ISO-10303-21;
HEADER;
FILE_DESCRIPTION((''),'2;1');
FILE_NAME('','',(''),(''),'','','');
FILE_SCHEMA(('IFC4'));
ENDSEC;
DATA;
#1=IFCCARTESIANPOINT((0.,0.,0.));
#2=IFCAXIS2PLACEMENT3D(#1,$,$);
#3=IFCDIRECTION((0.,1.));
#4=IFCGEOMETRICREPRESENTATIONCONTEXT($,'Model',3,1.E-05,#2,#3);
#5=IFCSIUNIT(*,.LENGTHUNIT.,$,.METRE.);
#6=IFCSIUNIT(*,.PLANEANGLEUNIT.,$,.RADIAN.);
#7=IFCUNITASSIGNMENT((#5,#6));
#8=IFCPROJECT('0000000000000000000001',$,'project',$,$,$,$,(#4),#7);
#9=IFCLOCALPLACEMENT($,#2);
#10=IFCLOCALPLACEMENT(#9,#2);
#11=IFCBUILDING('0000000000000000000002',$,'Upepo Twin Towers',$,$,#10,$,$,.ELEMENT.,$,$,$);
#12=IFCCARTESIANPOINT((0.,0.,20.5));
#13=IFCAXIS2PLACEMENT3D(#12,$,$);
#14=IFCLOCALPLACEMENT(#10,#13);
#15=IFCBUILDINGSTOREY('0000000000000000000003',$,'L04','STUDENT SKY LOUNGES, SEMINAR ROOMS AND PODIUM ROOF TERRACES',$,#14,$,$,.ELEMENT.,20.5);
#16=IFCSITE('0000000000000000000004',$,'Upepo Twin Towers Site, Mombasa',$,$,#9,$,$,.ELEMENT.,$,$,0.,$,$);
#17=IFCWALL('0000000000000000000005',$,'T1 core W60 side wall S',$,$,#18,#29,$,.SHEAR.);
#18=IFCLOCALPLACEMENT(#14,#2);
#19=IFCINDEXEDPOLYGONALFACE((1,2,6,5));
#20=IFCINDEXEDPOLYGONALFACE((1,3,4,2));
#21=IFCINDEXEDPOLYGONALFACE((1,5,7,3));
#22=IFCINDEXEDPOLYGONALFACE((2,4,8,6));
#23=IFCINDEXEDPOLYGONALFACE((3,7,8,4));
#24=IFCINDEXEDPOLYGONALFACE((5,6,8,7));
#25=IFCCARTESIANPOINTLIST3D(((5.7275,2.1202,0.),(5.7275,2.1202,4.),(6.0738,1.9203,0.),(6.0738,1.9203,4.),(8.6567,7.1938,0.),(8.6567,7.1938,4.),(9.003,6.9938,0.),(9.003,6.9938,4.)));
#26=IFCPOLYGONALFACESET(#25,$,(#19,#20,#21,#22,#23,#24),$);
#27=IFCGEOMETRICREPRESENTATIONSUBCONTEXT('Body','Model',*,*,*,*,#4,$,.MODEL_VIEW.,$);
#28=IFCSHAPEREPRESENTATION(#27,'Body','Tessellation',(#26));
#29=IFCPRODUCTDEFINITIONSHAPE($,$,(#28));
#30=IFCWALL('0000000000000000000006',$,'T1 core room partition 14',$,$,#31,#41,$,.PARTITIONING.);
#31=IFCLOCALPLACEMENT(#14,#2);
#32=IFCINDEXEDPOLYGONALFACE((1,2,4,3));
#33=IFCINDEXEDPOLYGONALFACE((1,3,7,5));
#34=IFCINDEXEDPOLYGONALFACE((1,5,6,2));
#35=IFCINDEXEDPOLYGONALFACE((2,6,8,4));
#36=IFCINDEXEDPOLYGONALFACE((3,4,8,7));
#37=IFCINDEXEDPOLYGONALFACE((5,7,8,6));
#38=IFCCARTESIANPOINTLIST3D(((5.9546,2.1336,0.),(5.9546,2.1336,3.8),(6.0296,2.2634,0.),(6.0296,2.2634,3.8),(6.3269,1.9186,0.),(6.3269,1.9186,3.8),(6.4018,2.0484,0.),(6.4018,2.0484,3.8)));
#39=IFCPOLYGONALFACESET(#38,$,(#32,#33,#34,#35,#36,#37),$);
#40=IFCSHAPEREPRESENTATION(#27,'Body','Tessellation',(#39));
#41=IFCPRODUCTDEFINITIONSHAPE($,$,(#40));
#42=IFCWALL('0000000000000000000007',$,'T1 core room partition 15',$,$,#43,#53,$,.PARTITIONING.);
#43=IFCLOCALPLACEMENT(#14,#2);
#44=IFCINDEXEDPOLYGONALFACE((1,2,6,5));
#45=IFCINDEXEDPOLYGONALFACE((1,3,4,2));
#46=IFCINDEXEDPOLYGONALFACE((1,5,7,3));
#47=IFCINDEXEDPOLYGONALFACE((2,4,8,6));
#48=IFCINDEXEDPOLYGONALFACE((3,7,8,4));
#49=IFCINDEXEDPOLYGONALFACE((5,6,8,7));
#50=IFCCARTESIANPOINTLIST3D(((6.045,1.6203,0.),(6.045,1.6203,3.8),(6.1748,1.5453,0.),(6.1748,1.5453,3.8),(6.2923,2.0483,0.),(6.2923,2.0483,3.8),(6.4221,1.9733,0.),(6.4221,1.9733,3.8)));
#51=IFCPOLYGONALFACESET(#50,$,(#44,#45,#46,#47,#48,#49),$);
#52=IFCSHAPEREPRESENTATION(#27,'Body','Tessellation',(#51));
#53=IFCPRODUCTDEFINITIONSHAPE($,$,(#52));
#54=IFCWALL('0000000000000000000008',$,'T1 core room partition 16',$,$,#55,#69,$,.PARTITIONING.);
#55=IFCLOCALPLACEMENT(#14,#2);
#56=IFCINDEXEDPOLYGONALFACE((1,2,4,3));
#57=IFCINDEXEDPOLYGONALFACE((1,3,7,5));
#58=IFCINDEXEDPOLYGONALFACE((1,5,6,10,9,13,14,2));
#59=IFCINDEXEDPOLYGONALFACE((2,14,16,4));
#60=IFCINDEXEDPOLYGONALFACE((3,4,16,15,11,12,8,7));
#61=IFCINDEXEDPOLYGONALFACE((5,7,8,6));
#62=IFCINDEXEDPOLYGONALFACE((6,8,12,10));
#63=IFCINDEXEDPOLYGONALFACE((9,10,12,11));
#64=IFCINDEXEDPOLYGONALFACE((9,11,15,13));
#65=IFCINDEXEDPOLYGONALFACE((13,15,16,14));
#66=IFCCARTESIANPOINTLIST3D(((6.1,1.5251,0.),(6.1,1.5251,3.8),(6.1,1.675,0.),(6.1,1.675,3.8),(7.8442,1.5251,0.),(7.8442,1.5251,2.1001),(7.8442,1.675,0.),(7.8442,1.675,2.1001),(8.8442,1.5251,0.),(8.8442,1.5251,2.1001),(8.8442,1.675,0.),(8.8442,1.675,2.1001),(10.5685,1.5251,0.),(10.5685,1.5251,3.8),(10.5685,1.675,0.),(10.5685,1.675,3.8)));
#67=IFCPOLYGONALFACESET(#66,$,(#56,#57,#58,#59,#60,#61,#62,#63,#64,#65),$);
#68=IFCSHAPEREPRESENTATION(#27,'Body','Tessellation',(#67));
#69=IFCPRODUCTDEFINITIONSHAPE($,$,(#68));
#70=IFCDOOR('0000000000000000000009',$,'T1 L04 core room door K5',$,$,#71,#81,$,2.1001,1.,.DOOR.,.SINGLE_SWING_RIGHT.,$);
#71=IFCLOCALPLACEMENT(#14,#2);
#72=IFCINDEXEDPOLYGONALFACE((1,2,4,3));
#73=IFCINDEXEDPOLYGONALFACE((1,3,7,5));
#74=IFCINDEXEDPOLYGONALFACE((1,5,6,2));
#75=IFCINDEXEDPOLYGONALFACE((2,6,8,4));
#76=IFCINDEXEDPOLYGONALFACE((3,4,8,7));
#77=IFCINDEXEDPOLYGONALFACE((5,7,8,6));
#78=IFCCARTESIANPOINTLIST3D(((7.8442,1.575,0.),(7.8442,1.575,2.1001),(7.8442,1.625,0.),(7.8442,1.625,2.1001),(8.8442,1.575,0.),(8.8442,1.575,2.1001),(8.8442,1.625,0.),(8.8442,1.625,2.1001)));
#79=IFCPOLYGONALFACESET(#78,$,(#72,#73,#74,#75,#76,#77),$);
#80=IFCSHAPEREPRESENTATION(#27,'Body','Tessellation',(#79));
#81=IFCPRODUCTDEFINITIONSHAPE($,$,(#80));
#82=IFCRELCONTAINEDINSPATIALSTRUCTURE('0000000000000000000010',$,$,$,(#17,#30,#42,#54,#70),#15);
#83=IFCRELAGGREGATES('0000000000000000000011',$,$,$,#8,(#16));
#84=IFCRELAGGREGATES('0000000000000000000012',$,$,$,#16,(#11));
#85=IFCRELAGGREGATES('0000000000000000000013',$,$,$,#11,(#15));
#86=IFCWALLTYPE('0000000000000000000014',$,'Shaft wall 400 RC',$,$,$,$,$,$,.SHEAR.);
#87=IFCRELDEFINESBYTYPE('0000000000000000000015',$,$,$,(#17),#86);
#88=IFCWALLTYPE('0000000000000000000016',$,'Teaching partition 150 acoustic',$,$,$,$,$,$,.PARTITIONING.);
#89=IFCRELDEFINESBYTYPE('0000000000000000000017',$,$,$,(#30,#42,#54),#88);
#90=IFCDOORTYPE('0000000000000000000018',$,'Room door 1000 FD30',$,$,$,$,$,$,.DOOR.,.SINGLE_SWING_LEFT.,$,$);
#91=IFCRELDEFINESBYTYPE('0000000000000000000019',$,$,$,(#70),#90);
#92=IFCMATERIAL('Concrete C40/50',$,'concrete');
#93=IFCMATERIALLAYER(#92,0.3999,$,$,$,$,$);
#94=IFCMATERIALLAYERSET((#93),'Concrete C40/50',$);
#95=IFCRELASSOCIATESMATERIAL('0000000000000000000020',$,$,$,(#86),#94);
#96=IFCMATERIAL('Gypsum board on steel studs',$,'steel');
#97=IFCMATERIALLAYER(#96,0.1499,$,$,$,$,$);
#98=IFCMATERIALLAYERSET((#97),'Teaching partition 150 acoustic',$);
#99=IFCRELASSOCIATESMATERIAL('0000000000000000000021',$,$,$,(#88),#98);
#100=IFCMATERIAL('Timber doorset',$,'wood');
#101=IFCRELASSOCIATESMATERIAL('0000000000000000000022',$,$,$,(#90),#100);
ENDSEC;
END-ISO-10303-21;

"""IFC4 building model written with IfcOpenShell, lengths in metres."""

from ifc_helpers import new_model, si_unit, direction, frame, frame_2d, origin, place, context, subcontext, project, spatial, rectangle, extrude, material, layer, layer_set, type_object, element, fill, save


model = new_model("IFC4")

# Units and contexts
model_context = context("Model", 3, precision=1e-05, world=origin(), true_north=direction((0.0, 1.0)))
body_context = subcontext(model_context, "Body", "Model", "MODEL_VIEW")
ifc_project = project(units=[si_unit("LENGTHUNIT", "METRE"), si_unit("PLANEANGLEUNIT", "RADIAN")], contexts=[model_context])

# Site, building, storey
site_placement = place(None, origin())
site = spatial("IfcSite", under=ifc_project, at=site_placement, Name="Upepo Twin Towers Site, Mombasa", CompositionType="ELEMENT", RefElevation=0.0)
building_placement = place(site_placement, origin())
building = spatial("IfcBuilding", under=site, at=building_placement, Name="Upepo Twin Towers", CompositionType="ELEMENT")
storey_placement = place(building_placement, frame((0.0, 0.0, 20.5)))
storey = spatial("IfcBuildingStorey", under=building, at=storey_placement, Name="L04", Description="STUDENT SKY LOUNGES, SEMINAR ROOMS AND PODIUM ROOF TERRACES", CompositionType="ELEMENT", Elevation=20.5)

# Walls
ifc_material_1 = material(Name="Concrete C40/50", Category="concrete")
ifc_layer_1 = layer(ifc_material_1, 0.3999)
ifc_layer_set_1 = layer_set([ifc_layer_1], Name="Concrete C40/50")
wall_type_1 = type_object("IfcWallType", Name="Shaft wall 400 RC", PredefinedType="SHEAR", material=ifc_layer_set_1)
wall_1_placement = place(storey_placement, frame((5.9006, 2.0203, 0.0), z_axis=(0.0, 0.0, 1.0), x_axis=(0.500003, 0.866024, 0.0)))
element("IfcWall", 1, at=wall_1_placement, inside=storey, type_object=wall_type_1, Name="T1 core W60 side wall S", PredefinedType="SHEAR", context=body_context, shape_type="SweptSolid", body=[
    extrude(rectangle(XDim=5.8584, YDim=0.3999, at=frame_2d((2.9292, 0.0))), origin(), (0.0, 0.0, 1.0), 4.0),
])
ifc_material_2 = material(Name="Gypsum board on steel studs", Category="steel")
ifc_layer_2 = layer(ifc_material_2, 0.1499)
ifc_layer_set_2 = layer_set([ifc_layer_2], Name="Teaching partition 150 acoustic")
wall_type_2 = type_object("IfcWallType", Name="Teaching partition 150 acoustic", PredefinedType="PARTITIONING", material=ifc_layer_set_2)
wall_2_placement = place(storey_placement, frame((5.9922, 2.1985, 0.0), z_axis=(0.0, 0.0, 1.0), x_axis=(0.865892, -0.50023, 0.0)))
element("IfcWall", 2, at=wall_2_placement, inside=storey, type_object=wall_type_2, Name="T1 core room partition 14", PredefinedType="PARTITIONING", context=body_context, shape_type="SweptSolid", body=[
    extrude(rectangle(XDim=0.4299, YDim=0.1499, at=frame_2d((0.2148, 0.0))), origin(), (0.0, 0.0, 1.0), 3.8),
])
wall_3_placement = place(storey_placement, frame((6.3572, 2.0107, 0.0), z_axis=(0.0, 0.0, 1.0), x_axis=(-0.500335, -0.865832, 0.0)))
element("IfcWall", 3, at=wall_3_placement, inside=storey, type_object=wall_type_2, Name="T1 core room partition 15", PredefinedType="PARTITIONING", context=body_context, shape_type="SweptSolid", body=[
    extrude(rectangle(XDim=0.4944, YDim=0.1499, at=frame_2d((0.2471, 0.0))), origin(), (0.0, 0.0, 1.0), 3.8),
])

# Wall, opening, door
wall_4_placement = place(storey_placement, frame((6.0999, 1.6001, 0.0), z_axis=(0.0, 0.0, 1.0), x_axis=(1.0, 0.0, 0.0)))
wall_4 = element("IfcWall", 4, at=wall_4_placement, inside=storey, type_object=wall_type_2, Name="T1 core room partition 16", PredefinedType="PARTITIONING", context=body_context, shape_type="SweptSolid", body=[
    extrude(rectangle(XDim=4.4685, YDim=0.1499, at=frame_2d((2.2344, 0.0))), origin(), (0.0, 0.0, 1.0), 3.8),
])
opening_1_placement = place(wall_4_placement, frame((1.7444, 0.0, 0.0)))
opening_1 = element("IfcOpeningElement", 5, at=opening_1_placement, cuts=wall_4, PredefinedType="OPENING", context=body_context, shape_type="SweptSolid", body=[
    extrude(rectangle(XDim=1.0, YDim=2.1001, at=frame_2d((0.5, 1.05))), frame((0.0, 0.085, 0.0), z_axis=(0.0, -1.0, 0.0), x_axis=(1.0, 0.0, 0.0)), (0.0, 0.0, 1.0), 0.1699),
])
ifc_material_3 = material(Name="Timber doorset", Category="wood")
door_type_1 = type_object("IfcDoorType", Name="Room door 1000 FD30", OperationType="SINGLE_SWING_LEFT", PredefinedType="DOOR", material=ifc_material_3)
door_1_placement = place(opening_1_placement, origin())
door_1 = element("IfcDoor", 6, at=door_1_placement, inside=storey, type_object=door_type_1, Name="T1 L04 core room door K5", OperationType="SINGLE_SWING_RIGHT", OverallHeight=2.1001, OverallWidth=1.0, PredefinedType="DOOR", context=body_context, shape_type="SweptSolid", body=[
    extrude(rectangle(XDim=1.0, YDim=2.1001, at=frame_2d((0.5, 1.05))), frame((0.0, 0.0249, 0.0), z_axis=(0.0, -1.0, 0.0), x_axis=(1.0, 0.0, 0.0)), (0.0, 0.0, 1.0), 0.05),
])
fill(opening_1, door_1)

save(model, "model.ifc")
